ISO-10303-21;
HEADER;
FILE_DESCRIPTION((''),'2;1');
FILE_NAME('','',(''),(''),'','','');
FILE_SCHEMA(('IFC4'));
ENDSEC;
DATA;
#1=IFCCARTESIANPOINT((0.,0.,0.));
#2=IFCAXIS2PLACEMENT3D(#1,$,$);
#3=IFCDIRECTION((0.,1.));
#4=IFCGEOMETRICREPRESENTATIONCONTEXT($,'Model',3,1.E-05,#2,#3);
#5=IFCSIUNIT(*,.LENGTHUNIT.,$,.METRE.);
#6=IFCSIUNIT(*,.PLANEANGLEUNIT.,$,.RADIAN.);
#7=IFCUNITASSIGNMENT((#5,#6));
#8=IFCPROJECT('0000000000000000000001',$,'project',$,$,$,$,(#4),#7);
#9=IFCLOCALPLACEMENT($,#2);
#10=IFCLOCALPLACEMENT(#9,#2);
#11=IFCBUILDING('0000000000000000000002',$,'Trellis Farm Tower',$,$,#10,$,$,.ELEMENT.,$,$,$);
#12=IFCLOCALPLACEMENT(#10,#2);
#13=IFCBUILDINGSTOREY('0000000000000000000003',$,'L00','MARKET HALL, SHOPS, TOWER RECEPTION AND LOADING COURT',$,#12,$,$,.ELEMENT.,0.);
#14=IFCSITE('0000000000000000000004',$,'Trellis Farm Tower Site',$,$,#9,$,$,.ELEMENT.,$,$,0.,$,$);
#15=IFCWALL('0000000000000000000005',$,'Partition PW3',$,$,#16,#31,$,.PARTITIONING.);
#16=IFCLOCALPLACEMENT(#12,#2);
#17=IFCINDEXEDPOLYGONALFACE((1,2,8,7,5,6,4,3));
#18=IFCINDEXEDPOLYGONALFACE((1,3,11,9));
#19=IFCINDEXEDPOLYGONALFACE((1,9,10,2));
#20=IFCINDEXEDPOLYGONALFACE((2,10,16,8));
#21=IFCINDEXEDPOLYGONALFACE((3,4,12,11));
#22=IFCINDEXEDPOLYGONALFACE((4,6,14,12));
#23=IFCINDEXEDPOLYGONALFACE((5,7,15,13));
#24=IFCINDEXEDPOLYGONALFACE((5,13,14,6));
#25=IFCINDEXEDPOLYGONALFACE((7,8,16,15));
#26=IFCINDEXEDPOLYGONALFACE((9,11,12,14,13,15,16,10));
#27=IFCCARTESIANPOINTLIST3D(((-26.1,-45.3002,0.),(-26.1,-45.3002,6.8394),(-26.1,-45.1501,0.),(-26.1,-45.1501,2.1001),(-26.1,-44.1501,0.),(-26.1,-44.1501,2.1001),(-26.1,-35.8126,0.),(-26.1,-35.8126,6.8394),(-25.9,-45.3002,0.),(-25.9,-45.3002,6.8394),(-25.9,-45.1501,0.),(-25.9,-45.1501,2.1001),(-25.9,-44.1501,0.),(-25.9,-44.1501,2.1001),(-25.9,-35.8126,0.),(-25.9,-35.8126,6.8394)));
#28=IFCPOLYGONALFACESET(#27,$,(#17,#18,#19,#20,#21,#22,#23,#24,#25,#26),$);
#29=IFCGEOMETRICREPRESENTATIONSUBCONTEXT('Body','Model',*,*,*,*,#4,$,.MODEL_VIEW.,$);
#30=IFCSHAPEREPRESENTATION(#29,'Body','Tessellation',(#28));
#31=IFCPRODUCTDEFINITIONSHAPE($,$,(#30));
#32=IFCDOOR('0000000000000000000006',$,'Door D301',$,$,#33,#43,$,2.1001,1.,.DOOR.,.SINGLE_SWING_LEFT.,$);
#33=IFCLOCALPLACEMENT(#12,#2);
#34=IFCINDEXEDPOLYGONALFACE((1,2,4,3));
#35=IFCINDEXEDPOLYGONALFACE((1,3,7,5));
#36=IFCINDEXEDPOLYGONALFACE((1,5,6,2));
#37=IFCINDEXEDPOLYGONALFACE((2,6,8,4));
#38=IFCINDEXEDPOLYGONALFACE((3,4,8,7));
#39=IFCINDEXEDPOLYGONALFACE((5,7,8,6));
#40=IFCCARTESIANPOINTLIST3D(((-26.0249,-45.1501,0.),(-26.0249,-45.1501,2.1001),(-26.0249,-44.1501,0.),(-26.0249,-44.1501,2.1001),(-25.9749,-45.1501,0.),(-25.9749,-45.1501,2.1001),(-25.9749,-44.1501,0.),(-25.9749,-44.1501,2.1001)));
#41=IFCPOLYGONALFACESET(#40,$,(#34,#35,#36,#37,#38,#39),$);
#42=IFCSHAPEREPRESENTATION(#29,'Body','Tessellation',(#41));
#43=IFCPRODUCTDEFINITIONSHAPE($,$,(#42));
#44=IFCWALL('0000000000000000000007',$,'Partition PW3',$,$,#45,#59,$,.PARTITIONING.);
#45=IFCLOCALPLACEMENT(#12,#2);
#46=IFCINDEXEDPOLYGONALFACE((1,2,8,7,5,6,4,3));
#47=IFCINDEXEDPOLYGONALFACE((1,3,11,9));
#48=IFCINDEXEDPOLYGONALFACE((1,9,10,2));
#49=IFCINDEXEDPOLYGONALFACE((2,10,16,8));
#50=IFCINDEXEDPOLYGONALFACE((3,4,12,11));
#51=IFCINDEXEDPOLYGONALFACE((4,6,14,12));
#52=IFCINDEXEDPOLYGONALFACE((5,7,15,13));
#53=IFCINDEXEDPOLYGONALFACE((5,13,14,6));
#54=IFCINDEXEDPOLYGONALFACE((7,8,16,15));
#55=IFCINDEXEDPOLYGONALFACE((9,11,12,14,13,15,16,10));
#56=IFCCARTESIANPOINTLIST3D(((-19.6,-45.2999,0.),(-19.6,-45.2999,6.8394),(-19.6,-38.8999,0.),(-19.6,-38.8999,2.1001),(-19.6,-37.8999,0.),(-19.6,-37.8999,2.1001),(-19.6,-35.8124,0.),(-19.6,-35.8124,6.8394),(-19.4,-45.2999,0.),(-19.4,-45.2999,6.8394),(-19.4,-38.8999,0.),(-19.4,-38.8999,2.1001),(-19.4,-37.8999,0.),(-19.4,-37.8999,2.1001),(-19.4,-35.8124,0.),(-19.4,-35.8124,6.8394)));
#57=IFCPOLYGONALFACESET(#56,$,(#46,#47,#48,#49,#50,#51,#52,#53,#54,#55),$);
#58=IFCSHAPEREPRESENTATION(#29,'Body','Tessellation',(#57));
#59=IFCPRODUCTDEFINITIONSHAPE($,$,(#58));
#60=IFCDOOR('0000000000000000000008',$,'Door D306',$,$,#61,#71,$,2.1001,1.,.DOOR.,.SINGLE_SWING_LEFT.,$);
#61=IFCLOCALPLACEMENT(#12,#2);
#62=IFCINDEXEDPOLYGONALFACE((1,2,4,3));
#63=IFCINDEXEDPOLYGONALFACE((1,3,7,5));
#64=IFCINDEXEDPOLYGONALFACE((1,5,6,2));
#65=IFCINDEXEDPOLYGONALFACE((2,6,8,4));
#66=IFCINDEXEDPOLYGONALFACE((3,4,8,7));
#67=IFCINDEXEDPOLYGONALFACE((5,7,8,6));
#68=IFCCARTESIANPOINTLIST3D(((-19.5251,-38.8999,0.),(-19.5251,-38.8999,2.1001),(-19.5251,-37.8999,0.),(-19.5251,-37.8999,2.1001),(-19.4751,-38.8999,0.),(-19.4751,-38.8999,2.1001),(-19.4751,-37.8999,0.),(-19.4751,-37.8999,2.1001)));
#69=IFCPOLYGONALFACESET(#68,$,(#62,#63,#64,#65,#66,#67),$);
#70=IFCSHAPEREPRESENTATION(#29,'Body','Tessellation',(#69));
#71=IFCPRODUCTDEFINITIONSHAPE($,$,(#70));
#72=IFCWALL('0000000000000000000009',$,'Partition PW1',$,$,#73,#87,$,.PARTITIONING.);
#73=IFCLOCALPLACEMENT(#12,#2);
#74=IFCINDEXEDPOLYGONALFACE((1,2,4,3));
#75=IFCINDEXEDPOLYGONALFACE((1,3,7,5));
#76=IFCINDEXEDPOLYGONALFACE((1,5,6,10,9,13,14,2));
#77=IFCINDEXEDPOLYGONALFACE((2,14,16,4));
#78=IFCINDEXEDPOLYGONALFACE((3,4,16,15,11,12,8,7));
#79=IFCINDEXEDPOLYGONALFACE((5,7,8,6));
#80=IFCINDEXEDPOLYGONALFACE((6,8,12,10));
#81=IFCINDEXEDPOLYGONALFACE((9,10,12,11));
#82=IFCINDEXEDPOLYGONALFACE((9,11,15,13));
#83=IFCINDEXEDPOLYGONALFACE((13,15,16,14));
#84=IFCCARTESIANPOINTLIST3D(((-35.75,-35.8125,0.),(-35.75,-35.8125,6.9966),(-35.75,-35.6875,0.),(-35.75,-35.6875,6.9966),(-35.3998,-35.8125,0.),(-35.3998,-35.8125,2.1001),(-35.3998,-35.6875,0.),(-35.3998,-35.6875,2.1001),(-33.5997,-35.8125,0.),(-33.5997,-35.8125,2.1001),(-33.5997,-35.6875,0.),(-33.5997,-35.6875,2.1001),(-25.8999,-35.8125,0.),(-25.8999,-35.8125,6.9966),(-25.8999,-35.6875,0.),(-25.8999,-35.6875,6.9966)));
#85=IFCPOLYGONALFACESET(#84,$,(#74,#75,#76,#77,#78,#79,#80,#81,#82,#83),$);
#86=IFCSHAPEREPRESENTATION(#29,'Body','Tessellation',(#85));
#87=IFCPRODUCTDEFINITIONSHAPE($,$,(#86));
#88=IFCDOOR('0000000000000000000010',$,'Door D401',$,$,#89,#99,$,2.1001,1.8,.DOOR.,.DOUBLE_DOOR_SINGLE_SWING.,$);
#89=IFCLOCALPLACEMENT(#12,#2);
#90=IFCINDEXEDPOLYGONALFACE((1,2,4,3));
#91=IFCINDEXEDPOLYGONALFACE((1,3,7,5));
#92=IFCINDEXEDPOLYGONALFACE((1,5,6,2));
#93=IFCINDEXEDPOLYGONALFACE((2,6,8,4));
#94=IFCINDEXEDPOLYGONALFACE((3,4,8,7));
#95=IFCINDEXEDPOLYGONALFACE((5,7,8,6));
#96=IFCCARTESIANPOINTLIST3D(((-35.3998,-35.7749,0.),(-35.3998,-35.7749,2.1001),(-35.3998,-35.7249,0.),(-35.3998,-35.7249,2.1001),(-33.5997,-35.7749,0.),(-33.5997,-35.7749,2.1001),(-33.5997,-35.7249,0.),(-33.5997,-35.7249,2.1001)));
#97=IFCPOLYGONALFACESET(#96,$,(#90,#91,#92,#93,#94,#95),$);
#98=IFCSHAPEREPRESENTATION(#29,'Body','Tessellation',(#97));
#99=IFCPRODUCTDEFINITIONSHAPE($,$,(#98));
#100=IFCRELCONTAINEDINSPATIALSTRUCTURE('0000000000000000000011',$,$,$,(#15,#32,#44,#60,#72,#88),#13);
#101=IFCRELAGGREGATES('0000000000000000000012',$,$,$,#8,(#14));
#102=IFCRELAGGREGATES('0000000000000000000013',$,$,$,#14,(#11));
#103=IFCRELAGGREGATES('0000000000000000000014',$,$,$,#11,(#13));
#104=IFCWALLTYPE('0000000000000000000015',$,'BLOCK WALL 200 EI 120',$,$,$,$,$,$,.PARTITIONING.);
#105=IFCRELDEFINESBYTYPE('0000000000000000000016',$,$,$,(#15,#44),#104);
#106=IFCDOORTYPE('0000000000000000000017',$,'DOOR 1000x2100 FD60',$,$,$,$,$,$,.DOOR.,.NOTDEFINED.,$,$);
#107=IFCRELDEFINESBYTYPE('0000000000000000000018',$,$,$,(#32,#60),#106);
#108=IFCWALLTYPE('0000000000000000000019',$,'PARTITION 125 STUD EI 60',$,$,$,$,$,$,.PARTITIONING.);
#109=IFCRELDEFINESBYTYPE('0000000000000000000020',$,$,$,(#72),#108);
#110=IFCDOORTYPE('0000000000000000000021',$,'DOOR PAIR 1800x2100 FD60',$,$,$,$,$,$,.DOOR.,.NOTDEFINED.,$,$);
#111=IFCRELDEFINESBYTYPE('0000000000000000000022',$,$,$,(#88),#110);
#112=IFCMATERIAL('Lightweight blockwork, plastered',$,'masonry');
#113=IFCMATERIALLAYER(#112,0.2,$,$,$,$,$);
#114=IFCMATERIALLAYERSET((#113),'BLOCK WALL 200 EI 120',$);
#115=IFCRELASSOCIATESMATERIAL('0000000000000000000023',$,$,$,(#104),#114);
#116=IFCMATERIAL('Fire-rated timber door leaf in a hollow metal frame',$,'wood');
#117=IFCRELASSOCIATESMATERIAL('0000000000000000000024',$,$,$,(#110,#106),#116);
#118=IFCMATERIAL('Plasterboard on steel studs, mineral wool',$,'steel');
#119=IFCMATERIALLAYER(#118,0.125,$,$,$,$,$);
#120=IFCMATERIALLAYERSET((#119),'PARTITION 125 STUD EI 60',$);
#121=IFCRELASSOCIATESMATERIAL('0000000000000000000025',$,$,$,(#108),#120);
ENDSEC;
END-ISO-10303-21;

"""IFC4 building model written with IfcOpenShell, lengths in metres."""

from ifc_helpers import new_model, si_unit, direction, frame, frame_2d, origin, place, context, subcontext, project, spatial, rectangle, extrude, source, transform, mapped, material, layer, layer_set, type_object, element, fill, save


model = new_model("IFC4")

# Units and contexts
model_context = context("Model", 3, precision=1e-05, world=origin(), true_north=direction((0.0, 1.0)))
body_context = subcontext(model_context, "Body", "Model", "MODEL_VIEW")
ifc_project = project(units=[si_unit("LENGTHUNIT", "METRE"), si_unit("PLANEANGLEUNIT", "RADIAN")], contexts=[model_context])

# Site, building, storey
site_placement = place(None, origin())
site = spatial("IfcSite", under=ifc_project, at=site_placement, Name="Trellis Farm Tower Site", CompositionType="ELEMENT", RefElevation=0.0)
building_placement = place(site_placement, origin())
building = spatial("IfcBuilding", under=site, at=building_placement, Name="Trellis Farm Tower", CompositionType="ELEMENT")
storey_placement = place(building_placement, origin())
storey = spatial("IfcBuildingStorey", under=building, at=storey_placement, Name="L00", Description="MARKET HALL, SHOPS, TOWER RECEPTION AND LOADING COURT", CompositionType="ELEMENT", Elevation=0.0)

# Shared definitions
ifc_material_1 = material(Name="Lightweight blockwork, plastered", Category="masonry")
ifc_layer_1 = layer(ifc_material_1, 0.2)
ifc_layer_set_1 = layer_set([ifc_layer_1], Name="BLOCK WALL 200 EI 120")
wall_type_1 = type_object("IfcWallType", Name="BLOCK WALL 200 EI 120", PredefinedType="PARTITIONING", material=ifc_layer_set_1)

# Walls, openings, doors
ifc_material_2 = material(Name="Fire-rated timber door leaf in a hollow metal frame", Category="wood")
door_type_1 = type_object("IfcDoorType", Name="DOOR PAIR 1800x2100 FD60", OperationType="NOTDEFINED", PredefinedType="DOOR", material=ifc_material_2)
shared_shape_1 = source(origin(), body_context, "Body", "SweptSolid", [
    extrude(rectangle(XDim=1.8, YDim=2.1001, at=frame_2d((0.8999, 1.05))), frame((0.0, 0.0249, 0.0), z_axis=(0.0, -1.0, 0.0), x_axis=(1.0, 0.0, 0.0)), (0.0, 0.0, 1.0), 0.05),
])
shared_shape_2 = source(origin(), body_context, "Body", "SweptSolid", [
    extrude(rectangle(XDim=9.4875, YDim=0.2, at=frame_2d((4.7437, 0.0))), origin(), (0.0, 0.0, 1.0), 6.8394),
])
wall_1_placement = place(storey_placement, frame((-26.0, -45.3, 0.0), z_axis=(0.0, 0.0, 1.0), x_axis=(0.0, 1.0, 0.0)))
wall_1 = element("IfcWall", 1, at=wall_1_placement, inside=storey, type_object=wall_type_1, Name="Partition PW3", PredefinedType="PARTITIONING", context=body_context, shape_type="MappedRepresentation", body=[
    mapped(shared_shape_2, transform((0.0, 0.0, 0.0))),
])
shared_shape_3 = source(origin(), body_context, "Body", "SweptSolid", [
    extrude(rectangle(XDim=1.0, YDim=2.1001, at=frame_2d((0.5, 1.05))), frame((0.0, 0.1101, 0.0), z_axis=(0.0, -1.0, 0.0), x_axis=(1.0, 0.0, 0.0)), (0.0, 0.0, 1.0), 0.2202),
])
opening_1_placement = place(wall_1_placement, frame((0.1499, 0.0, 0.0)))
opening_1 = element("IfcOpeningElement", 2, at=opening_1_placement, cuts=wall_1, PredefinedType="OPENING", context=body_context, shape_type="MappedRepresentation", body=[
    mapped(shared_shape_3, transform((0.0, 0.0, 0.0))),
])
door_type_2 = type_object("IfcDoorType", Name="DOOR 1000x2100 FD60", OperationType="NOTDEFINED", PredefinedType="DOOR", material=ifc_material_2)
shared_shape_4 = source(origin(), body_context, "Body", "SweptSolid", [
    extrude(rectangle(XDim=1.0, YDim=2.1001, at=frame_2d((0.5, 1.05))), frame((0.0, 0.0249, 0.0), z_axis=(0.0, -1.0, 0.0), x_axis=(1.0, 0.0, 0.0)), (0.0, 0.0, 1.0), 0.05),
])
door_1_placement = place(opening_1_placement, origin())
door_1 = element("IfcDoor", 3, at=door_1_placement, inside=storey, type_object=door_type_2, Name="Door D301", OperationType="SINGLE_SWING_LEFT", OverallHeight=2.1001, OverallWidth=1.0, PredefinedType="DOOR", context=body_context, shape_type="MappedRepresentation", body=[
    mapped(shared_shape_4, transform((0.0, 0.0, 0.0))),
])
fill(opening_1, door_1)
wall_2_placement = place(storey_placement, frame((-19.5, -35.8125, 0.0), z_axis=(0.0, 0.0, 1.0), x_axis=(0.0, -1.0, 0.0)))
wall_2 = element("IfcWall", 4, at=wall_2_placement, inside=storey, type_object=wall_type_1, Name="Partition PW3", PredefinedType="PARTITIONING", context=body_context, shape_type="MappedRepresentation", body=[
    mapped(shared_shape_2, transform((0.0, 0.0, 0.0))),
])
opening_2_placement = place(wall_2_placement, frame((2.0874, 0.0, 0.0)))
opening_2 = element("IfcOpeningElement", 5, at=opening_2_placement, cuts=wall_2, PredefinedType="OPENING", context=body_context, shape_type="MappedRepresentation", body=[
    mapped(shared_shape_3, transform((0.0, 0.0, 0.0))),
])
door_2_placement = place(opening_2_placement, origin())
door_2 = element("IfcDoor", 6, at=door_2_placement, inside=storey, type_object=door_type_2, Name="Door D306", OperationType="SINGLE_SWING_LEFT", OverallHeight=2.1001, OverallWidth=1.0, PredefinedType="DOOR", context=body_context, shape_type="MappedRepresentation", body=[
    mapped(shared_shape_4, transform((0.0, 0.0, 0.0))),
])
fill(opening_2, door_2)
ifc_material_3 = material(Name="Plasterboard on steel studs, mineral wool", Category="steel")
ifc_layer_2 = layer(ifc_material_3, 0.125)
ifc_layer_set_2 = layer_set([ifc_layer_2], Name="PARTITION 125 STUD EI 60")
wall_type_2 = type_object("IfcWallType", Name="PARTITION 125 STUD EI 60", PredefinedType="PARTITIONING", material=ifc_layer_set_2)
shared_shape_5 = source(origin(), body_context, "Body", "SweptSolid", [
    extrude(rectangle(XDim=9.8501, YDim=0.125, at=frame_2d((4.925, 0.0))), origin(), (0.0, 0.0, 1.0), 6.9966),
])
wall_3_placement = place(storey_placement, frame((-25.8999, -35.75, 0.0), z_axis=(0.0, 0.0, 1.0), x_axis=(-1.0, 0.0, 0.0)))
wall_3 = element("IfcWall", 7, at=wall_3_placement, inside=storey, type_object=wall_type_2, Name="Partition PW1", PredefinedType="PARTITIONING", context=body_context, shape_type="MappedRepresentation", body=[
    mapped(shared_shape_5, transform((0.0, 0.0, 0.0))),
])
shared_shape_6 = source(origin(), body_context, "Body", "SweptSolid", [
    extrude(rectangle(XDim=1.8, YDim=2.1001, at=frame_2d((0.8999, 1.05))), frame((0.0, 0.0725, 0.0), z_axis=(0.0, -1.0, 0.0), x_axis=(1.0, 0.0, 0.0)), (0.0, 0.0, 1.0), 0.145),
])
opening_3_placement = place(wall_3_placement, frame((7.7, 0.0, 0.0)))
opening_3 = element("IfcOpeningElement", 8, at=opening_3_placement, cuts=wall_3, PredefinedType="OPENING", context=body_context, shape_type="MappedRepresentation", body=[
    mapped(shared_shape_6, transform((0.0, 0.0, 0.0))),
])
door_3_placement = place(opening_3_placement, origin())
door_3 = element("IfcDoor", 9, at=door_3_placement, inside=storey, type_object=door_type_1, Name="Door D401", OperationType="DOUBLE_DOOR_SINGLE_SWING", OverallHeight=2.1001, OverallWidth=1.8, PredefinedType="DOOR", context=body_context, shape_type="MappedRepresentation", body=[
    mapped(shared_shape_1, transform((0.0, 0.0, 0.0))),
])
fill(opening_3, door_3)

save(model, "model.ifc")
